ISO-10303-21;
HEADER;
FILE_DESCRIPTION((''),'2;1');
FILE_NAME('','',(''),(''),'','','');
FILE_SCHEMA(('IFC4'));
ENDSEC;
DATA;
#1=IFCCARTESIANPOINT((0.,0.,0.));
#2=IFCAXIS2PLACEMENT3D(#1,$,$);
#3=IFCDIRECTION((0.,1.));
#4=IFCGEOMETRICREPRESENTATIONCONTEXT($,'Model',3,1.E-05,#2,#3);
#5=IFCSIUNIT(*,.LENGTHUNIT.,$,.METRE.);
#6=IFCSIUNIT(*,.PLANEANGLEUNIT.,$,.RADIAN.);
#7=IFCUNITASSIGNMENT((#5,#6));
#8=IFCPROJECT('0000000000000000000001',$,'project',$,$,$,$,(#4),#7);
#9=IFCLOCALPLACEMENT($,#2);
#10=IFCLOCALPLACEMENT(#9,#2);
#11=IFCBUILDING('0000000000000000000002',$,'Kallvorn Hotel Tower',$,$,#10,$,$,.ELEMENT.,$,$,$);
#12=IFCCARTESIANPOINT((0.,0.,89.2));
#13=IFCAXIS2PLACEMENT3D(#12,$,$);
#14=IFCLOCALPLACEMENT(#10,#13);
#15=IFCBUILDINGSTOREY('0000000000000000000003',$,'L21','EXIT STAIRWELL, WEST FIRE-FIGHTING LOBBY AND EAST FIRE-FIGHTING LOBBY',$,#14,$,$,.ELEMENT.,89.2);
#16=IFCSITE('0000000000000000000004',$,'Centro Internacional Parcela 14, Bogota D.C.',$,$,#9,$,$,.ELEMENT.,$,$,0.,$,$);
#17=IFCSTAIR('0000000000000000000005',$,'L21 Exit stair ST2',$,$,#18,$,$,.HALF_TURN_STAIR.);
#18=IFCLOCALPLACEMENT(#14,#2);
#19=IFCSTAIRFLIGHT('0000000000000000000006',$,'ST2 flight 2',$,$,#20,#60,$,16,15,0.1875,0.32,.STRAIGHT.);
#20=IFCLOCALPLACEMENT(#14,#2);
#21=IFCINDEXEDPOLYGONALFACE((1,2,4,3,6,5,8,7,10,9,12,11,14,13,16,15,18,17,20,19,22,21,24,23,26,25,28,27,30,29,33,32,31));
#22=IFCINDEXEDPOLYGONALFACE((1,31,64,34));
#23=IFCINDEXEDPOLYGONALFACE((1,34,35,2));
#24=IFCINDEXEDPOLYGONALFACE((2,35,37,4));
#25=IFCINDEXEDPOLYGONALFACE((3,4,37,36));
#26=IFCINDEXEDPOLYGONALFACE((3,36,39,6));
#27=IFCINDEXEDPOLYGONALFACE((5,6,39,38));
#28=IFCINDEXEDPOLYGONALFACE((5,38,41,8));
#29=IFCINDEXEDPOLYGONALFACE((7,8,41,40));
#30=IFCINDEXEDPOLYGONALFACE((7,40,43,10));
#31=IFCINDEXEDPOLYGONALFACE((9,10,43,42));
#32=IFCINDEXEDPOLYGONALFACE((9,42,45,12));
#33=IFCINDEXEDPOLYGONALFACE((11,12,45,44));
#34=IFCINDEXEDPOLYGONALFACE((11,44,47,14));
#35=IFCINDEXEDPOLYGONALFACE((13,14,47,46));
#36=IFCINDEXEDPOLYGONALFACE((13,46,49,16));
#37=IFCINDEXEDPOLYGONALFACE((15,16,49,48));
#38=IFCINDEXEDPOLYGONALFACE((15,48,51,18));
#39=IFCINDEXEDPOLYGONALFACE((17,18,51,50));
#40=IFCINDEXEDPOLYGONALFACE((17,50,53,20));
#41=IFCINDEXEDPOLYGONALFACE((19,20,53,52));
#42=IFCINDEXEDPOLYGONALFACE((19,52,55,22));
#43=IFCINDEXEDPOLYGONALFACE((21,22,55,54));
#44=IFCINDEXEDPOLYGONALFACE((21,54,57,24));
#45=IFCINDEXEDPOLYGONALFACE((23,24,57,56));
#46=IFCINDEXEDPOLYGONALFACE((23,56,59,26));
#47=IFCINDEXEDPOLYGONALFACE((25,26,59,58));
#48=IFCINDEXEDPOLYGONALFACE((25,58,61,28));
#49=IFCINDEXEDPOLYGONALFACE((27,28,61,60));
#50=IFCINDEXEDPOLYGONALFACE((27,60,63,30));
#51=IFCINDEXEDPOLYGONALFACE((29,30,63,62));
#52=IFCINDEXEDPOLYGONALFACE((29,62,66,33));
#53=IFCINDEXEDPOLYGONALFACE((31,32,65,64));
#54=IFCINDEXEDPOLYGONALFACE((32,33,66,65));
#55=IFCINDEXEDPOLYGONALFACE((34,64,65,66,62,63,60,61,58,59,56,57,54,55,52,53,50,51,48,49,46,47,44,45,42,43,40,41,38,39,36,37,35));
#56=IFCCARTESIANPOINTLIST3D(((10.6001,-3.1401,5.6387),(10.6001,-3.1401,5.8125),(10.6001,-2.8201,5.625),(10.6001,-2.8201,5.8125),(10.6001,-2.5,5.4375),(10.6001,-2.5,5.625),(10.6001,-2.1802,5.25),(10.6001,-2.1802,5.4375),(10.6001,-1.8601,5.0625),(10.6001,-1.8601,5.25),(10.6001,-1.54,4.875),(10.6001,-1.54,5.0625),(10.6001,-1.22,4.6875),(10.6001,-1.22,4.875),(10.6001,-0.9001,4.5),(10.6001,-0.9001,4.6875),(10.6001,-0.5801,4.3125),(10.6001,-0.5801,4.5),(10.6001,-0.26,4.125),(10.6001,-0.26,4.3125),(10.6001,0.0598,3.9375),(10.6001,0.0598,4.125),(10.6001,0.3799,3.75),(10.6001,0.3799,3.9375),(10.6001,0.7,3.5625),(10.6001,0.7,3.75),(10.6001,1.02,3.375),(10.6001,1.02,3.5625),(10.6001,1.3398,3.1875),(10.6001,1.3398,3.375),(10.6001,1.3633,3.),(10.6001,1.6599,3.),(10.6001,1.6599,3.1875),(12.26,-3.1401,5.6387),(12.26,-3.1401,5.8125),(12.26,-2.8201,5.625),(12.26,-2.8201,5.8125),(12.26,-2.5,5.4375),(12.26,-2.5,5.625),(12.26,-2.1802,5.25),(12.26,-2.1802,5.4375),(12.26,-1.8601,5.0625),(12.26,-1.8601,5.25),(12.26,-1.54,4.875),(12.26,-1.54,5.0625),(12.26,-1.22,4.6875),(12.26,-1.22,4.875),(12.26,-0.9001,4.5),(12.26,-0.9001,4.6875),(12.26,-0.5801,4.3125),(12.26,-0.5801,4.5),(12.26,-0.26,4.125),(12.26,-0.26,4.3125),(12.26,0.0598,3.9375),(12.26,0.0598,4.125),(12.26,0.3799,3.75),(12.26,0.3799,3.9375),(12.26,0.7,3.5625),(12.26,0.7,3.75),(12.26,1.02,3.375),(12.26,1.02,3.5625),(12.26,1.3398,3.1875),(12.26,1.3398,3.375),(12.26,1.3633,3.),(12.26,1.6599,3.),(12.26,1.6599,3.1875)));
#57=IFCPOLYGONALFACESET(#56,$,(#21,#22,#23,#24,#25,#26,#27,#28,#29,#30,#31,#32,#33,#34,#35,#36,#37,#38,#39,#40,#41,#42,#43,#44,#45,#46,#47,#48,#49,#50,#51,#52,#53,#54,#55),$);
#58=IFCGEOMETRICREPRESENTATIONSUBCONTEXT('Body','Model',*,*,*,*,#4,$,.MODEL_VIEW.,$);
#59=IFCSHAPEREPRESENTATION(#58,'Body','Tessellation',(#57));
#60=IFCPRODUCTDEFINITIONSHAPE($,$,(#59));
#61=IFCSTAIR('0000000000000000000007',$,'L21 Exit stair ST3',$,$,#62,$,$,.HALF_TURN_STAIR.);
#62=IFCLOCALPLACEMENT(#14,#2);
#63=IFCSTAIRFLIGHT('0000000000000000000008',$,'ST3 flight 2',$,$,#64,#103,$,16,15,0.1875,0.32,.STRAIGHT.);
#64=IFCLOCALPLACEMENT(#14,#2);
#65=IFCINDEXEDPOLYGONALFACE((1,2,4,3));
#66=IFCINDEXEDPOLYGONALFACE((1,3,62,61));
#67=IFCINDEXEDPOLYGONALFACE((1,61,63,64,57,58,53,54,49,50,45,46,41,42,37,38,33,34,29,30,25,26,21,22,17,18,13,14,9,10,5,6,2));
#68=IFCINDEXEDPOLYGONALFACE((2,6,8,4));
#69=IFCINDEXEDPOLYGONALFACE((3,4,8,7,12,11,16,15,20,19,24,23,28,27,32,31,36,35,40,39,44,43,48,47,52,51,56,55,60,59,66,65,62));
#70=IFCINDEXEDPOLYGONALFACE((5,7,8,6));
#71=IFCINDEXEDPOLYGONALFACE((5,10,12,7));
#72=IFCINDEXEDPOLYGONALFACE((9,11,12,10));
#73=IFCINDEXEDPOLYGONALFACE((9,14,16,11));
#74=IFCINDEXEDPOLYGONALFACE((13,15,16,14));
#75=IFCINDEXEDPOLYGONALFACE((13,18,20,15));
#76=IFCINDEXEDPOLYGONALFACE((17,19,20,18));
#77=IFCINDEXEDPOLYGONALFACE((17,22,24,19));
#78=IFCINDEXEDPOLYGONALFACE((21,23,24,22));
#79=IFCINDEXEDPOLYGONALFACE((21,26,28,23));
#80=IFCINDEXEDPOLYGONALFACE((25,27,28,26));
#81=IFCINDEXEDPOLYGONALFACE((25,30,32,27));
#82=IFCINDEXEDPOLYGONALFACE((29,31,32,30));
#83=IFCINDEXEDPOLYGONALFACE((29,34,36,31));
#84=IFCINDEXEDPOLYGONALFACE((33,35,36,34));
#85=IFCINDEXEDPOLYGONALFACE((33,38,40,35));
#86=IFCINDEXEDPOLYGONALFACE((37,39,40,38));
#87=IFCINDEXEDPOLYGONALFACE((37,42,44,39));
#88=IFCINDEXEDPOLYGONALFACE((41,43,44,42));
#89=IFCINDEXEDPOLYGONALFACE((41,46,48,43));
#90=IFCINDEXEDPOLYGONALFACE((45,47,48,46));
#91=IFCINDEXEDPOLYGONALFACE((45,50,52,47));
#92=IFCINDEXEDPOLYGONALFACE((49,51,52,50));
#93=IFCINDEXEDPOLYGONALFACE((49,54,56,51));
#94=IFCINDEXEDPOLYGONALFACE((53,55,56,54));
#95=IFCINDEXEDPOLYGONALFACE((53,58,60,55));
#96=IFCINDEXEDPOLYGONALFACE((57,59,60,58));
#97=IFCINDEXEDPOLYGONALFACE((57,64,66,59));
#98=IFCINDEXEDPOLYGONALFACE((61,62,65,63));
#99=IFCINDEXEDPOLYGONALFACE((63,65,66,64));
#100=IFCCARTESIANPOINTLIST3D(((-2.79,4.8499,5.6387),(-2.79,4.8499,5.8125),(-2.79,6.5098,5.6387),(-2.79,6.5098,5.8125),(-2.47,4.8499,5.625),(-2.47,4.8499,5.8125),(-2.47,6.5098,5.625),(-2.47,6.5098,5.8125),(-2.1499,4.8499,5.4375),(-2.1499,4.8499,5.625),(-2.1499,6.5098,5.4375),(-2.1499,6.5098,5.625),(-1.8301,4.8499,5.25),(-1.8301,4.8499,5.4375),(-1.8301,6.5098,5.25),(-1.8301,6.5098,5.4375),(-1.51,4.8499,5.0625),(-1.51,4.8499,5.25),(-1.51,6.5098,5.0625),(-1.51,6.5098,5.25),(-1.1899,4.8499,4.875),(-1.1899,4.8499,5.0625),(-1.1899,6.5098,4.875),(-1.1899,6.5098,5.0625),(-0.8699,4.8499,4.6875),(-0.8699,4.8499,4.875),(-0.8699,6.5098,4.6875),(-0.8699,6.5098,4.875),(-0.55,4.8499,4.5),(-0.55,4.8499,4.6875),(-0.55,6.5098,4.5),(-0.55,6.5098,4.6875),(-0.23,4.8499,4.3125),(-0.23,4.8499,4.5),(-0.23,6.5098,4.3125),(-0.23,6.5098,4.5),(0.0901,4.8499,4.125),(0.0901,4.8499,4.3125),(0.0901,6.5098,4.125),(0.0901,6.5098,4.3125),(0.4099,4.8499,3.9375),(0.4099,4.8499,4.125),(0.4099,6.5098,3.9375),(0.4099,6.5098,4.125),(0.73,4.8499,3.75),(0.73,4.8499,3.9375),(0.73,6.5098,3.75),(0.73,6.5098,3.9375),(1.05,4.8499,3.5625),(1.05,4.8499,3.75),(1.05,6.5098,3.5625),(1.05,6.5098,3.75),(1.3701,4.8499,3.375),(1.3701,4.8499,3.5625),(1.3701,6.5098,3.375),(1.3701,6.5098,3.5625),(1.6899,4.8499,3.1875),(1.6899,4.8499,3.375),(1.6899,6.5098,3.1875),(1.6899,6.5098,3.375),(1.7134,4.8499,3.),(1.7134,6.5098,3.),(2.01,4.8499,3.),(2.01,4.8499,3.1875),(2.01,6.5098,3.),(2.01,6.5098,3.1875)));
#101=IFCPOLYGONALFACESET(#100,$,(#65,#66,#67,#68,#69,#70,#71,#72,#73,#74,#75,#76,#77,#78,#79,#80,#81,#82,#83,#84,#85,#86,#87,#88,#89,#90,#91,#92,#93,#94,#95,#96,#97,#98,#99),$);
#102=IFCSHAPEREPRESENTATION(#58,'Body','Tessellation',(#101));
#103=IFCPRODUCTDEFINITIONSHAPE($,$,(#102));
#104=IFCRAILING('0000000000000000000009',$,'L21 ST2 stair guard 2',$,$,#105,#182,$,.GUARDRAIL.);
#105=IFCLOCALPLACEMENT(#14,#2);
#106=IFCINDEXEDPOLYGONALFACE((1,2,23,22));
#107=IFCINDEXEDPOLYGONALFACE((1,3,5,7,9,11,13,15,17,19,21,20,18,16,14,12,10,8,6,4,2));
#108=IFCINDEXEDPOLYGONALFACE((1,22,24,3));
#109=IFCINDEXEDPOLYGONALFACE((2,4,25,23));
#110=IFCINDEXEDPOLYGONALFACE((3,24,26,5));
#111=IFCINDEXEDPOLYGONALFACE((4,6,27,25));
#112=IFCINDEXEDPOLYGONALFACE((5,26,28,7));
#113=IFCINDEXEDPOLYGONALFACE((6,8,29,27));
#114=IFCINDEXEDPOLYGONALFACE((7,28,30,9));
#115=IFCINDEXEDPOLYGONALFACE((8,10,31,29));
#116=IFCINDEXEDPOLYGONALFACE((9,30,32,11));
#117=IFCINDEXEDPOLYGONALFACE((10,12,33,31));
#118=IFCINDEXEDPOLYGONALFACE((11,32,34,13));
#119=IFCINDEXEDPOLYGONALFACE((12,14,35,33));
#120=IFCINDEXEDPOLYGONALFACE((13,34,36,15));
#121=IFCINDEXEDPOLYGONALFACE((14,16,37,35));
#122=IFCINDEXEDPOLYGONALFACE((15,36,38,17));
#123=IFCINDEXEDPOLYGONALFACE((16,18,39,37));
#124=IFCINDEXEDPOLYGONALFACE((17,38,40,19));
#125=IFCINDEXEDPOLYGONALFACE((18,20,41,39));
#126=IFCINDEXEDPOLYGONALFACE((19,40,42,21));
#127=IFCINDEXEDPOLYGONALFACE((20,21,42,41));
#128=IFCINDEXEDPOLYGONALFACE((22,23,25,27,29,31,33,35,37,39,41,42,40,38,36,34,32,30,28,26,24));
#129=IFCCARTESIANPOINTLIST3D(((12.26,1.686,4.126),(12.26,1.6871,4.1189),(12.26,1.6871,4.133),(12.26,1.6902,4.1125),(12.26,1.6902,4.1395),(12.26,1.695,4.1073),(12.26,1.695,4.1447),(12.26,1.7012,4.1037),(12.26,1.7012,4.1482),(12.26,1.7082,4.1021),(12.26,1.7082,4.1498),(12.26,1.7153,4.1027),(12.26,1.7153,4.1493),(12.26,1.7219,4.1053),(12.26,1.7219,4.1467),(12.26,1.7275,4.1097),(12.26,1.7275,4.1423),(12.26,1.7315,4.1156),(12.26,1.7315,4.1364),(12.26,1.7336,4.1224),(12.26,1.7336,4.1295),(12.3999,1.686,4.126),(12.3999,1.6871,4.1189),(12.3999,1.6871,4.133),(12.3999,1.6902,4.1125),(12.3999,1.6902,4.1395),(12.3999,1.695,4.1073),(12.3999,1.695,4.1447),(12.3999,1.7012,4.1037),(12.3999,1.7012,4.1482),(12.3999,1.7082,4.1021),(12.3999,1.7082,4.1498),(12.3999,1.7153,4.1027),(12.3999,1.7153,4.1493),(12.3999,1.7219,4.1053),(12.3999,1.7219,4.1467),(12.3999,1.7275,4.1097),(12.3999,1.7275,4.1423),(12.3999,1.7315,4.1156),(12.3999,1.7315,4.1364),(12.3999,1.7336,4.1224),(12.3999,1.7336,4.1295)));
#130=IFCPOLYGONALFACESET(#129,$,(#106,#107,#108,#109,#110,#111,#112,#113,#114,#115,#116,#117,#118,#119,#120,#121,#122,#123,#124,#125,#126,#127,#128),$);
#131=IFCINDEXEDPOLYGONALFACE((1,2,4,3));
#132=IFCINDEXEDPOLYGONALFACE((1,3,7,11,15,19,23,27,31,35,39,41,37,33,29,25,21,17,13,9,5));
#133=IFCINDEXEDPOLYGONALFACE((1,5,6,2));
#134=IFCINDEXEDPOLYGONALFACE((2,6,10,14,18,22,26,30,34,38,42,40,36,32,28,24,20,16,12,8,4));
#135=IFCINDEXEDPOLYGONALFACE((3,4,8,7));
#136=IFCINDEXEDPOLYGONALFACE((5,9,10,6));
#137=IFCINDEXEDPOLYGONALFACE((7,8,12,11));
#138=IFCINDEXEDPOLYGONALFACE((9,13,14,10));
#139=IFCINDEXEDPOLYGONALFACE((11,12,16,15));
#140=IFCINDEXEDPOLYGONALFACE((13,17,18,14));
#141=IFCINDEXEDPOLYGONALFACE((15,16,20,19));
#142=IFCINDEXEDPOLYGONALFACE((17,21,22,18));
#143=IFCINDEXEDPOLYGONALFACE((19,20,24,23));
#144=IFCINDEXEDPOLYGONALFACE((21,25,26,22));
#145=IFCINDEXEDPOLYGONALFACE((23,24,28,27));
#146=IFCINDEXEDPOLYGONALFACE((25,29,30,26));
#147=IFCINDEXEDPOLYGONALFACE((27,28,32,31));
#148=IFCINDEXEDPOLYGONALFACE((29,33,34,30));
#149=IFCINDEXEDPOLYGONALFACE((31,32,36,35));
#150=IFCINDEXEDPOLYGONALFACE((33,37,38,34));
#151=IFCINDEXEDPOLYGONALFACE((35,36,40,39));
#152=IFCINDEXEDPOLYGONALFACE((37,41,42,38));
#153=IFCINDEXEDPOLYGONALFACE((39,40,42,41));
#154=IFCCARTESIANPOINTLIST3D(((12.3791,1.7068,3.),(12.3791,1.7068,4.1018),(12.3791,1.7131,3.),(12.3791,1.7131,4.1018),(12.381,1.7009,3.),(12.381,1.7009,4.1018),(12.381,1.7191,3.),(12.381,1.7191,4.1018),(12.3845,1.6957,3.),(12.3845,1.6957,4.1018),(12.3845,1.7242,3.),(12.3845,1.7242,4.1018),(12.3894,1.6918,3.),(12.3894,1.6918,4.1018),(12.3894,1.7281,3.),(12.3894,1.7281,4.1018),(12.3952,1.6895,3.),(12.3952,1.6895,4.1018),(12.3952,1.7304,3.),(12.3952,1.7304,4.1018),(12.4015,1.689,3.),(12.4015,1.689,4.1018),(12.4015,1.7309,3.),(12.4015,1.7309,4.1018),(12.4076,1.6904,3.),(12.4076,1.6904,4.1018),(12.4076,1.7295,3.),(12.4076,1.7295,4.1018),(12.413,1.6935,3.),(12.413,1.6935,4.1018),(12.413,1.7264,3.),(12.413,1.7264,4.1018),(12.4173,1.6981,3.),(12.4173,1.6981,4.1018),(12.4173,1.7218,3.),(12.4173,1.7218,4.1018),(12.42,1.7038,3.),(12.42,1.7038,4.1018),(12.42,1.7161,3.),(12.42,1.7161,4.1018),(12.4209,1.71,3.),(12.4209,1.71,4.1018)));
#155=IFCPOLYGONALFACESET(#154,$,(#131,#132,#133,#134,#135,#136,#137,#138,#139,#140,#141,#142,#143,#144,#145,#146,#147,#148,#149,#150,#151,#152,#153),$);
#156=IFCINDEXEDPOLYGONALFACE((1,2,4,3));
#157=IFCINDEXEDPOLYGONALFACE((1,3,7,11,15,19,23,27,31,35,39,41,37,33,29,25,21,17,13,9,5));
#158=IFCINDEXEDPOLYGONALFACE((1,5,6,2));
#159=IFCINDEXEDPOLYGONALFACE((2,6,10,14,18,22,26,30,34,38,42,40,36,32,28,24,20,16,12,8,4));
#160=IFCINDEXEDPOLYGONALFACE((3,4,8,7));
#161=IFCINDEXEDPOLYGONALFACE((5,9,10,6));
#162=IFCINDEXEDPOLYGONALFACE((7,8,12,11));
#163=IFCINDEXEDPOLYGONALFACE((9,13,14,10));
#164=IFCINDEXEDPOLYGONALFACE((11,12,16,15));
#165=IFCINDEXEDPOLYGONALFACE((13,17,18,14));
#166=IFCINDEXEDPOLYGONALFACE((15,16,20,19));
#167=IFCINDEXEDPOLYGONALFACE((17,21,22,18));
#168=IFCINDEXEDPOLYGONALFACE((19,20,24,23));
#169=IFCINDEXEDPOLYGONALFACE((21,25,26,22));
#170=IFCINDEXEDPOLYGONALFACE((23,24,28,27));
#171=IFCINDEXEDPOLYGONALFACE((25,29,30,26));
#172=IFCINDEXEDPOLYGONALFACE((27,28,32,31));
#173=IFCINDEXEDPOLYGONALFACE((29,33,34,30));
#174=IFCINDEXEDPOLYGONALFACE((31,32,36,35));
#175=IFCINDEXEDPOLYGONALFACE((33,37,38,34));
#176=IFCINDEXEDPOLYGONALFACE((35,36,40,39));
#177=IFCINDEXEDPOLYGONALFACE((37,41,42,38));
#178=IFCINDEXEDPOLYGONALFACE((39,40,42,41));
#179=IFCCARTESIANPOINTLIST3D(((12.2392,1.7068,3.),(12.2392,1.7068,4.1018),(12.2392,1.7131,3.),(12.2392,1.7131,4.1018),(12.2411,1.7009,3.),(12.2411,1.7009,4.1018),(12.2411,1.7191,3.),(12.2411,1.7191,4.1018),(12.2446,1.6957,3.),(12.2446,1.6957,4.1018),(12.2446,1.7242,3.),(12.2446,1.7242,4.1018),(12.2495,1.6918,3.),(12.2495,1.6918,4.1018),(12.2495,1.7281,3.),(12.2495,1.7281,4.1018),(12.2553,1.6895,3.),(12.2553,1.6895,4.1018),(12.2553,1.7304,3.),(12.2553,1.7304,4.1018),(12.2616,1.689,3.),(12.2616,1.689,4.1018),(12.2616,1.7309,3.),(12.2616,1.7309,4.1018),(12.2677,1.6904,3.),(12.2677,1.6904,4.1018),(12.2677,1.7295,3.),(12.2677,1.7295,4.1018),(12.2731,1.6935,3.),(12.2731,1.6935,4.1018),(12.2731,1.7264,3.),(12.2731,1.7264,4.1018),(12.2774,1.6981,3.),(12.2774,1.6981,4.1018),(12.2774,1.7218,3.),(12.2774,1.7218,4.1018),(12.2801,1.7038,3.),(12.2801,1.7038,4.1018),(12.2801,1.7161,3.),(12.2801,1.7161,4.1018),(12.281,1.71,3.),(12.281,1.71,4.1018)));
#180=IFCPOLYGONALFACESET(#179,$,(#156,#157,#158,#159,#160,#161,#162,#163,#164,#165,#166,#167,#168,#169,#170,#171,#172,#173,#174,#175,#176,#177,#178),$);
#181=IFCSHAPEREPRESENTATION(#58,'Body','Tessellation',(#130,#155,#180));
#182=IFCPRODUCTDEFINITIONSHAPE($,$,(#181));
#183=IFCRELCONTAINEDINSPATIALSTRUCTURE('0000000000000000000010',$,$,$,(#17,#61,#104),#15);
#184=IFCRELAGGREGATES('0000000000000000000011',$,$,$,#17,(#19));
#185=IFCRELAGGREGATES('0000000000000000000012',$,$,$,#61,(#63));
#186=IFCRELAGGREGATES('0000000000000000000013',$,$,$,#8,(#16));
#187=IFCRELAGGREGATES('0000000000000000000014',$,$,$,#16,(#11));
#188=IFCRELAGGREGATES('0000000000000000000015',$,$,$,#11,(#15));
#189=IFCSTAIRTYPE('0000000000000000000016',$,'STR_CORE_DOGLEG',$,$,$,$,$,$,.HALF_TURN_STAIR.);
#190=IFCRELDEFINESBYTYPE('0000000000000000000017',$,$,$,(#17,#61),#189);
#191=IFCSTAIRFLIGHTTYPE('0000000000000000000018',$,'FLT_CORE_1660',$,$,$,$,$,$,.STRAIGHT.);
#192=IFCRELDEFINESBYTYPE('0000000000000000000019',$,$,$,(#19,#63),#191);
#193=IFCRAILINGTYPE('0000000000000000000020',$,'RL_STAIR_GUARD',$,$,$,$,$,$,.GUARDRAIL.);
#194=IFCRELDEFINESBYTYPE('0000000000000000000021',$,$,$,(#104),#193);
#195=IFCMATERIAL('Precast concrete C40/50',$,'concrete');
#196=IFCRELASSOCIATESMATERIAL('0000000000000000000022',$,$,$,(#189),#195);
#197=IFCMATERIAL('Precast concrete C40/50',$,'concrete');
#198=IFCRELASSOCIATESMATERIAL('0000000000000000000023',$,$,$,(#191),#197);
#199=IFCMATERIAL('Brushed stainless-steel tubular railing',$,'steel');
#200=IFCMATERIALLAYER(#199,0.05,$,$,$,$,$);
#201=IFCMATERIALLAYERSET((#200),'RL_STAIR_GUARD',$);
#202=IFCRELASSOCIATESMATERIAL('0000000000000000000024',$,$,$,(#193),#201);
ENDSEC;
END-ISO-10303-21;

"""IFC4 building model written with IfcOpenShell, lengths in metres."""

from ifc_helpers import new_model, si_unit, direction, frame, origin, origin_2d, place, context, subcontext, project, spatial, polyline, circle, outline, extrude, material, layer, layer_set, type_object, element, aggregate, save


model = new_model("IFC4")

# Units and contexts
model_context = context("Model", 3, precision=1e-05, world=origin(), true_north=direction((0.0, 1.0)))
body_context = subcontext(model_context, "Body", "Model", "MODEL_VIEW")
ifc_project = project(units=[si_unit("LENGTHUNIT", "METRE"), si_unit("PLANEANGLEUNIT", "RADIAN")], contexts=[model_context])

# Site, building, storey
site_placement = place(None, origin())
site = spatial("IfcSite", under=ifc_project, at=site_placement, Name="Centro Internacional Parcela 14, Bogota D.C.", CompositionType="ELEMENT", RefElevation=0.0)
building_placement = place(site_placement, origin())
building = spatial("IfcBuilding", under=site, at=building_placement, Name="Kallvorn Hotel Tower", CompositionType="ELEMENT")
storey_placement = place(building_placement, frame((0.0, 0.0, 89.2)))
storey = spatial("IfcBuildingStorey", under=building, at=storey_placement, Name="L21", Description="EXIT STAIRWELL, WEST FIRE-FIGHTING LOBBY AND EAST FIRE-FIGHTING LOBBY", CompositionType="ELEMENT", Elevation=89.2)

# Stairs, stair flights
ifc_material_1 = material(Name="Precast concrete C40/50", Category="concrete")
stair_type = type_object("IfcStairType", Name="STR_CORE_DOGLEG", PredefinedType="HALF_TURN_STAIR", material=ifc_material_1)
stair_1_placement = place(storey_placement, origin())
stair_1 = element("IfcStair", 1, at=stair_1_placement, inside=storey, type_object=stair_type, Name="L21 Exit stair ST2", PredefinedType="HALF_TURN_STAIR")
ifc_material_2 = material(Name="Precast concrete C40/50", Category="concrete")
stair_flight_type = type_object("IfcStairFlightType", Name="FLT_CORE_1660", PredefinedType="STRAIGHT", material=ifc_material_2)
stair_flight_1_placement = place(storey_placement, frame((11.4299, 1.6599, 3.0), z_axis=(0.0, 0.0, 1.0), x_axis=(0.0, -1.0, 0.0)))
stair_flight_1 = element("IfcStairFlight", 2, at=stair_flight_1_placement, type_object=stair_flight_type, Name="ST2 flight 2", NumberOfRisers=16, NumberOfTreads=15, PredefinedType="STRAIGHT", RiserHeight=0.1875, TreadLength=0.32, context=body_context, shape_type="SweptSolid", body=[
    extrude(outline(polyline([(0.0, 0.0), (0.0, 0.1875), (0.3201, 0.1875), (0.3201, 0.375), (0.6399, 0.375), (0.6399, 0.5625), (0.96, 0.5625), (0.96, 0.75), (1.28, 0.75), (1.28, 0.9375), (1.6001, 0.9375), (1.6001, 1.125), (1.9199, 1.125), (1.9199, 1.3125), (2.24, 1.3125), (2.24, 1.5), (2.5601, 1.5), (2.5601, 1.6875), (2.8799, 1.6875), (2.8799, 1.875), (3.2, 1.875), (3.2, 2.0625), (3.52, 2.0625), (3.52, 2.25), (3.8401, 2.25), (3.8401, 2.4375), (4.1599, 2.4375), (4.1599, 2.625), (4.48, 2.625), (4.48, 2.8125), (4.8, 2.8125), (4.8, 3.0), (4.8, 2.6387), (0.2966, 0.0), (0.0, 0.0)])), frame((0.0, 0.8301, 0.0), z_axis=(0.0, -1.0, 0.0), x_axis=(1.0, 0.0, 0.0)), (0.0, 0.0, 1.0), 1.6599),
])
aggregate(stair_1, [stair_flight_1])
stair_2_placement = place(storey_placement, origin())
stair_2 = element("IfcStair", 3, at=stair_2_placement, inside=storey, type_object=stair_type, Name="L21 Exit stair ST3", PredefinedType="HALF_TURN_STAIR")
stair_flight_2_placement = place(storey_placement, frame((2.01, 5.6799, 3.0), z_axis=(0.0, 0.0, 1.0), x_axis=(-1.0, 0.0, 0.0)))
stair_flight_2 = element("IfcStairFlight", 4, at=stair_flight_2_placement, type_object=stair_flight_type, Name="ST3 flight 2", NumberOfRisers=16, NumberOfTreads=15, PredefinedType="STRAIGHT", RiserHeight=0.1875, TreadLength=0.32, context=body_context, shape_type="SweptSolid", body=[
    extrude(outline(polyline([(0.0, 0.0), (0.0, 0.1875), (0.3201, 0.1875), (0.3201, 0.375), (0.6399, 0.375), (0.6399, 0.5625), (0.96, 0.5625), (0.96, 0.75), (1.28, 0.75), (1.28, 0.9375), (1.6001, 0.9375), (1.6001, 1.125), (1.9199, 1.125), (1.9199, 1.3125), (2.24, 1.3125), (2.24, 1.5), (2.5601, 1.5), (2.5601, 1.6875), (2.8799, 1.6875), (2.8799, 1.875), (3.2, 1.875), (3.2, 2.0625), (3.52, 2.0625), (3.52, 2.25), (3.8401, 2.25), (3.8401, 2.4375), (4.1599, 2.4375), (4.1599, 2.625), (4.48, 2.625), (4.48, 2.8125), (4.8, 2.8125), (4.8, 3.0), (4.8, 2.6387), (0.2966, 0.0), (0.0, 0.0)])), frame((0.0, 0.8301, 0.0), z_axis=(0.0, -1.0, 0.0), x_axis=(1.0, 0.0, 0.0)), (0.0, 0.0, 1.0), 1.6599),
])
aggregate(stair_2, [stair_flight_2])

# Railing
ifc_material_3 = material(Name="Brushed stainless-steel tubular railing", Category="steel")
ifc_layer_1 = layer(ifc_material_3, 0.05)
ifc_layer_set_1 = layer_set([ifc_layer_1], Name="RL_STAIR_GUARD")
railing_type_1 = type_object("IfcRailingType", Name="RL_STAIR_GUARD", PredefinedType="GUARDRAIL", material=ifc_layer_set_1)
railing_1_placement = place(storey_placement, frame((12.3999, 1.71, 3.0)))
element("IfcRailing", 5, at=railing_1_placement, inside=storey, type_object=railing_type_1, Name="L21 ST2 stair guard 2", PredefinedType="GUARDRAIL", context=body_context, shape_type="SweptSolid", body=[
    extrude(circle(Radius=0.0239, at=origin_2d()), frame((0.0, 0.0, 1.126), z_axis=(-1.0, 0.0, 0.0), x_axis=(0.0, -1.0, 0.0)), (0.0, 0.0, 1.0), 0.1399),
    extrude(circle(Radius=0.021, at=origin_2d()), origin(), (0.0, 0.0, 1.0), 1.1018),
    extrude(circle(Radius=0.021, at=origin_2d()), frame((-0.1399, 0.0, 0.0)), (0.0, 0.0, 1.0), 1.1018),
])

save(model, "model.ifc")
